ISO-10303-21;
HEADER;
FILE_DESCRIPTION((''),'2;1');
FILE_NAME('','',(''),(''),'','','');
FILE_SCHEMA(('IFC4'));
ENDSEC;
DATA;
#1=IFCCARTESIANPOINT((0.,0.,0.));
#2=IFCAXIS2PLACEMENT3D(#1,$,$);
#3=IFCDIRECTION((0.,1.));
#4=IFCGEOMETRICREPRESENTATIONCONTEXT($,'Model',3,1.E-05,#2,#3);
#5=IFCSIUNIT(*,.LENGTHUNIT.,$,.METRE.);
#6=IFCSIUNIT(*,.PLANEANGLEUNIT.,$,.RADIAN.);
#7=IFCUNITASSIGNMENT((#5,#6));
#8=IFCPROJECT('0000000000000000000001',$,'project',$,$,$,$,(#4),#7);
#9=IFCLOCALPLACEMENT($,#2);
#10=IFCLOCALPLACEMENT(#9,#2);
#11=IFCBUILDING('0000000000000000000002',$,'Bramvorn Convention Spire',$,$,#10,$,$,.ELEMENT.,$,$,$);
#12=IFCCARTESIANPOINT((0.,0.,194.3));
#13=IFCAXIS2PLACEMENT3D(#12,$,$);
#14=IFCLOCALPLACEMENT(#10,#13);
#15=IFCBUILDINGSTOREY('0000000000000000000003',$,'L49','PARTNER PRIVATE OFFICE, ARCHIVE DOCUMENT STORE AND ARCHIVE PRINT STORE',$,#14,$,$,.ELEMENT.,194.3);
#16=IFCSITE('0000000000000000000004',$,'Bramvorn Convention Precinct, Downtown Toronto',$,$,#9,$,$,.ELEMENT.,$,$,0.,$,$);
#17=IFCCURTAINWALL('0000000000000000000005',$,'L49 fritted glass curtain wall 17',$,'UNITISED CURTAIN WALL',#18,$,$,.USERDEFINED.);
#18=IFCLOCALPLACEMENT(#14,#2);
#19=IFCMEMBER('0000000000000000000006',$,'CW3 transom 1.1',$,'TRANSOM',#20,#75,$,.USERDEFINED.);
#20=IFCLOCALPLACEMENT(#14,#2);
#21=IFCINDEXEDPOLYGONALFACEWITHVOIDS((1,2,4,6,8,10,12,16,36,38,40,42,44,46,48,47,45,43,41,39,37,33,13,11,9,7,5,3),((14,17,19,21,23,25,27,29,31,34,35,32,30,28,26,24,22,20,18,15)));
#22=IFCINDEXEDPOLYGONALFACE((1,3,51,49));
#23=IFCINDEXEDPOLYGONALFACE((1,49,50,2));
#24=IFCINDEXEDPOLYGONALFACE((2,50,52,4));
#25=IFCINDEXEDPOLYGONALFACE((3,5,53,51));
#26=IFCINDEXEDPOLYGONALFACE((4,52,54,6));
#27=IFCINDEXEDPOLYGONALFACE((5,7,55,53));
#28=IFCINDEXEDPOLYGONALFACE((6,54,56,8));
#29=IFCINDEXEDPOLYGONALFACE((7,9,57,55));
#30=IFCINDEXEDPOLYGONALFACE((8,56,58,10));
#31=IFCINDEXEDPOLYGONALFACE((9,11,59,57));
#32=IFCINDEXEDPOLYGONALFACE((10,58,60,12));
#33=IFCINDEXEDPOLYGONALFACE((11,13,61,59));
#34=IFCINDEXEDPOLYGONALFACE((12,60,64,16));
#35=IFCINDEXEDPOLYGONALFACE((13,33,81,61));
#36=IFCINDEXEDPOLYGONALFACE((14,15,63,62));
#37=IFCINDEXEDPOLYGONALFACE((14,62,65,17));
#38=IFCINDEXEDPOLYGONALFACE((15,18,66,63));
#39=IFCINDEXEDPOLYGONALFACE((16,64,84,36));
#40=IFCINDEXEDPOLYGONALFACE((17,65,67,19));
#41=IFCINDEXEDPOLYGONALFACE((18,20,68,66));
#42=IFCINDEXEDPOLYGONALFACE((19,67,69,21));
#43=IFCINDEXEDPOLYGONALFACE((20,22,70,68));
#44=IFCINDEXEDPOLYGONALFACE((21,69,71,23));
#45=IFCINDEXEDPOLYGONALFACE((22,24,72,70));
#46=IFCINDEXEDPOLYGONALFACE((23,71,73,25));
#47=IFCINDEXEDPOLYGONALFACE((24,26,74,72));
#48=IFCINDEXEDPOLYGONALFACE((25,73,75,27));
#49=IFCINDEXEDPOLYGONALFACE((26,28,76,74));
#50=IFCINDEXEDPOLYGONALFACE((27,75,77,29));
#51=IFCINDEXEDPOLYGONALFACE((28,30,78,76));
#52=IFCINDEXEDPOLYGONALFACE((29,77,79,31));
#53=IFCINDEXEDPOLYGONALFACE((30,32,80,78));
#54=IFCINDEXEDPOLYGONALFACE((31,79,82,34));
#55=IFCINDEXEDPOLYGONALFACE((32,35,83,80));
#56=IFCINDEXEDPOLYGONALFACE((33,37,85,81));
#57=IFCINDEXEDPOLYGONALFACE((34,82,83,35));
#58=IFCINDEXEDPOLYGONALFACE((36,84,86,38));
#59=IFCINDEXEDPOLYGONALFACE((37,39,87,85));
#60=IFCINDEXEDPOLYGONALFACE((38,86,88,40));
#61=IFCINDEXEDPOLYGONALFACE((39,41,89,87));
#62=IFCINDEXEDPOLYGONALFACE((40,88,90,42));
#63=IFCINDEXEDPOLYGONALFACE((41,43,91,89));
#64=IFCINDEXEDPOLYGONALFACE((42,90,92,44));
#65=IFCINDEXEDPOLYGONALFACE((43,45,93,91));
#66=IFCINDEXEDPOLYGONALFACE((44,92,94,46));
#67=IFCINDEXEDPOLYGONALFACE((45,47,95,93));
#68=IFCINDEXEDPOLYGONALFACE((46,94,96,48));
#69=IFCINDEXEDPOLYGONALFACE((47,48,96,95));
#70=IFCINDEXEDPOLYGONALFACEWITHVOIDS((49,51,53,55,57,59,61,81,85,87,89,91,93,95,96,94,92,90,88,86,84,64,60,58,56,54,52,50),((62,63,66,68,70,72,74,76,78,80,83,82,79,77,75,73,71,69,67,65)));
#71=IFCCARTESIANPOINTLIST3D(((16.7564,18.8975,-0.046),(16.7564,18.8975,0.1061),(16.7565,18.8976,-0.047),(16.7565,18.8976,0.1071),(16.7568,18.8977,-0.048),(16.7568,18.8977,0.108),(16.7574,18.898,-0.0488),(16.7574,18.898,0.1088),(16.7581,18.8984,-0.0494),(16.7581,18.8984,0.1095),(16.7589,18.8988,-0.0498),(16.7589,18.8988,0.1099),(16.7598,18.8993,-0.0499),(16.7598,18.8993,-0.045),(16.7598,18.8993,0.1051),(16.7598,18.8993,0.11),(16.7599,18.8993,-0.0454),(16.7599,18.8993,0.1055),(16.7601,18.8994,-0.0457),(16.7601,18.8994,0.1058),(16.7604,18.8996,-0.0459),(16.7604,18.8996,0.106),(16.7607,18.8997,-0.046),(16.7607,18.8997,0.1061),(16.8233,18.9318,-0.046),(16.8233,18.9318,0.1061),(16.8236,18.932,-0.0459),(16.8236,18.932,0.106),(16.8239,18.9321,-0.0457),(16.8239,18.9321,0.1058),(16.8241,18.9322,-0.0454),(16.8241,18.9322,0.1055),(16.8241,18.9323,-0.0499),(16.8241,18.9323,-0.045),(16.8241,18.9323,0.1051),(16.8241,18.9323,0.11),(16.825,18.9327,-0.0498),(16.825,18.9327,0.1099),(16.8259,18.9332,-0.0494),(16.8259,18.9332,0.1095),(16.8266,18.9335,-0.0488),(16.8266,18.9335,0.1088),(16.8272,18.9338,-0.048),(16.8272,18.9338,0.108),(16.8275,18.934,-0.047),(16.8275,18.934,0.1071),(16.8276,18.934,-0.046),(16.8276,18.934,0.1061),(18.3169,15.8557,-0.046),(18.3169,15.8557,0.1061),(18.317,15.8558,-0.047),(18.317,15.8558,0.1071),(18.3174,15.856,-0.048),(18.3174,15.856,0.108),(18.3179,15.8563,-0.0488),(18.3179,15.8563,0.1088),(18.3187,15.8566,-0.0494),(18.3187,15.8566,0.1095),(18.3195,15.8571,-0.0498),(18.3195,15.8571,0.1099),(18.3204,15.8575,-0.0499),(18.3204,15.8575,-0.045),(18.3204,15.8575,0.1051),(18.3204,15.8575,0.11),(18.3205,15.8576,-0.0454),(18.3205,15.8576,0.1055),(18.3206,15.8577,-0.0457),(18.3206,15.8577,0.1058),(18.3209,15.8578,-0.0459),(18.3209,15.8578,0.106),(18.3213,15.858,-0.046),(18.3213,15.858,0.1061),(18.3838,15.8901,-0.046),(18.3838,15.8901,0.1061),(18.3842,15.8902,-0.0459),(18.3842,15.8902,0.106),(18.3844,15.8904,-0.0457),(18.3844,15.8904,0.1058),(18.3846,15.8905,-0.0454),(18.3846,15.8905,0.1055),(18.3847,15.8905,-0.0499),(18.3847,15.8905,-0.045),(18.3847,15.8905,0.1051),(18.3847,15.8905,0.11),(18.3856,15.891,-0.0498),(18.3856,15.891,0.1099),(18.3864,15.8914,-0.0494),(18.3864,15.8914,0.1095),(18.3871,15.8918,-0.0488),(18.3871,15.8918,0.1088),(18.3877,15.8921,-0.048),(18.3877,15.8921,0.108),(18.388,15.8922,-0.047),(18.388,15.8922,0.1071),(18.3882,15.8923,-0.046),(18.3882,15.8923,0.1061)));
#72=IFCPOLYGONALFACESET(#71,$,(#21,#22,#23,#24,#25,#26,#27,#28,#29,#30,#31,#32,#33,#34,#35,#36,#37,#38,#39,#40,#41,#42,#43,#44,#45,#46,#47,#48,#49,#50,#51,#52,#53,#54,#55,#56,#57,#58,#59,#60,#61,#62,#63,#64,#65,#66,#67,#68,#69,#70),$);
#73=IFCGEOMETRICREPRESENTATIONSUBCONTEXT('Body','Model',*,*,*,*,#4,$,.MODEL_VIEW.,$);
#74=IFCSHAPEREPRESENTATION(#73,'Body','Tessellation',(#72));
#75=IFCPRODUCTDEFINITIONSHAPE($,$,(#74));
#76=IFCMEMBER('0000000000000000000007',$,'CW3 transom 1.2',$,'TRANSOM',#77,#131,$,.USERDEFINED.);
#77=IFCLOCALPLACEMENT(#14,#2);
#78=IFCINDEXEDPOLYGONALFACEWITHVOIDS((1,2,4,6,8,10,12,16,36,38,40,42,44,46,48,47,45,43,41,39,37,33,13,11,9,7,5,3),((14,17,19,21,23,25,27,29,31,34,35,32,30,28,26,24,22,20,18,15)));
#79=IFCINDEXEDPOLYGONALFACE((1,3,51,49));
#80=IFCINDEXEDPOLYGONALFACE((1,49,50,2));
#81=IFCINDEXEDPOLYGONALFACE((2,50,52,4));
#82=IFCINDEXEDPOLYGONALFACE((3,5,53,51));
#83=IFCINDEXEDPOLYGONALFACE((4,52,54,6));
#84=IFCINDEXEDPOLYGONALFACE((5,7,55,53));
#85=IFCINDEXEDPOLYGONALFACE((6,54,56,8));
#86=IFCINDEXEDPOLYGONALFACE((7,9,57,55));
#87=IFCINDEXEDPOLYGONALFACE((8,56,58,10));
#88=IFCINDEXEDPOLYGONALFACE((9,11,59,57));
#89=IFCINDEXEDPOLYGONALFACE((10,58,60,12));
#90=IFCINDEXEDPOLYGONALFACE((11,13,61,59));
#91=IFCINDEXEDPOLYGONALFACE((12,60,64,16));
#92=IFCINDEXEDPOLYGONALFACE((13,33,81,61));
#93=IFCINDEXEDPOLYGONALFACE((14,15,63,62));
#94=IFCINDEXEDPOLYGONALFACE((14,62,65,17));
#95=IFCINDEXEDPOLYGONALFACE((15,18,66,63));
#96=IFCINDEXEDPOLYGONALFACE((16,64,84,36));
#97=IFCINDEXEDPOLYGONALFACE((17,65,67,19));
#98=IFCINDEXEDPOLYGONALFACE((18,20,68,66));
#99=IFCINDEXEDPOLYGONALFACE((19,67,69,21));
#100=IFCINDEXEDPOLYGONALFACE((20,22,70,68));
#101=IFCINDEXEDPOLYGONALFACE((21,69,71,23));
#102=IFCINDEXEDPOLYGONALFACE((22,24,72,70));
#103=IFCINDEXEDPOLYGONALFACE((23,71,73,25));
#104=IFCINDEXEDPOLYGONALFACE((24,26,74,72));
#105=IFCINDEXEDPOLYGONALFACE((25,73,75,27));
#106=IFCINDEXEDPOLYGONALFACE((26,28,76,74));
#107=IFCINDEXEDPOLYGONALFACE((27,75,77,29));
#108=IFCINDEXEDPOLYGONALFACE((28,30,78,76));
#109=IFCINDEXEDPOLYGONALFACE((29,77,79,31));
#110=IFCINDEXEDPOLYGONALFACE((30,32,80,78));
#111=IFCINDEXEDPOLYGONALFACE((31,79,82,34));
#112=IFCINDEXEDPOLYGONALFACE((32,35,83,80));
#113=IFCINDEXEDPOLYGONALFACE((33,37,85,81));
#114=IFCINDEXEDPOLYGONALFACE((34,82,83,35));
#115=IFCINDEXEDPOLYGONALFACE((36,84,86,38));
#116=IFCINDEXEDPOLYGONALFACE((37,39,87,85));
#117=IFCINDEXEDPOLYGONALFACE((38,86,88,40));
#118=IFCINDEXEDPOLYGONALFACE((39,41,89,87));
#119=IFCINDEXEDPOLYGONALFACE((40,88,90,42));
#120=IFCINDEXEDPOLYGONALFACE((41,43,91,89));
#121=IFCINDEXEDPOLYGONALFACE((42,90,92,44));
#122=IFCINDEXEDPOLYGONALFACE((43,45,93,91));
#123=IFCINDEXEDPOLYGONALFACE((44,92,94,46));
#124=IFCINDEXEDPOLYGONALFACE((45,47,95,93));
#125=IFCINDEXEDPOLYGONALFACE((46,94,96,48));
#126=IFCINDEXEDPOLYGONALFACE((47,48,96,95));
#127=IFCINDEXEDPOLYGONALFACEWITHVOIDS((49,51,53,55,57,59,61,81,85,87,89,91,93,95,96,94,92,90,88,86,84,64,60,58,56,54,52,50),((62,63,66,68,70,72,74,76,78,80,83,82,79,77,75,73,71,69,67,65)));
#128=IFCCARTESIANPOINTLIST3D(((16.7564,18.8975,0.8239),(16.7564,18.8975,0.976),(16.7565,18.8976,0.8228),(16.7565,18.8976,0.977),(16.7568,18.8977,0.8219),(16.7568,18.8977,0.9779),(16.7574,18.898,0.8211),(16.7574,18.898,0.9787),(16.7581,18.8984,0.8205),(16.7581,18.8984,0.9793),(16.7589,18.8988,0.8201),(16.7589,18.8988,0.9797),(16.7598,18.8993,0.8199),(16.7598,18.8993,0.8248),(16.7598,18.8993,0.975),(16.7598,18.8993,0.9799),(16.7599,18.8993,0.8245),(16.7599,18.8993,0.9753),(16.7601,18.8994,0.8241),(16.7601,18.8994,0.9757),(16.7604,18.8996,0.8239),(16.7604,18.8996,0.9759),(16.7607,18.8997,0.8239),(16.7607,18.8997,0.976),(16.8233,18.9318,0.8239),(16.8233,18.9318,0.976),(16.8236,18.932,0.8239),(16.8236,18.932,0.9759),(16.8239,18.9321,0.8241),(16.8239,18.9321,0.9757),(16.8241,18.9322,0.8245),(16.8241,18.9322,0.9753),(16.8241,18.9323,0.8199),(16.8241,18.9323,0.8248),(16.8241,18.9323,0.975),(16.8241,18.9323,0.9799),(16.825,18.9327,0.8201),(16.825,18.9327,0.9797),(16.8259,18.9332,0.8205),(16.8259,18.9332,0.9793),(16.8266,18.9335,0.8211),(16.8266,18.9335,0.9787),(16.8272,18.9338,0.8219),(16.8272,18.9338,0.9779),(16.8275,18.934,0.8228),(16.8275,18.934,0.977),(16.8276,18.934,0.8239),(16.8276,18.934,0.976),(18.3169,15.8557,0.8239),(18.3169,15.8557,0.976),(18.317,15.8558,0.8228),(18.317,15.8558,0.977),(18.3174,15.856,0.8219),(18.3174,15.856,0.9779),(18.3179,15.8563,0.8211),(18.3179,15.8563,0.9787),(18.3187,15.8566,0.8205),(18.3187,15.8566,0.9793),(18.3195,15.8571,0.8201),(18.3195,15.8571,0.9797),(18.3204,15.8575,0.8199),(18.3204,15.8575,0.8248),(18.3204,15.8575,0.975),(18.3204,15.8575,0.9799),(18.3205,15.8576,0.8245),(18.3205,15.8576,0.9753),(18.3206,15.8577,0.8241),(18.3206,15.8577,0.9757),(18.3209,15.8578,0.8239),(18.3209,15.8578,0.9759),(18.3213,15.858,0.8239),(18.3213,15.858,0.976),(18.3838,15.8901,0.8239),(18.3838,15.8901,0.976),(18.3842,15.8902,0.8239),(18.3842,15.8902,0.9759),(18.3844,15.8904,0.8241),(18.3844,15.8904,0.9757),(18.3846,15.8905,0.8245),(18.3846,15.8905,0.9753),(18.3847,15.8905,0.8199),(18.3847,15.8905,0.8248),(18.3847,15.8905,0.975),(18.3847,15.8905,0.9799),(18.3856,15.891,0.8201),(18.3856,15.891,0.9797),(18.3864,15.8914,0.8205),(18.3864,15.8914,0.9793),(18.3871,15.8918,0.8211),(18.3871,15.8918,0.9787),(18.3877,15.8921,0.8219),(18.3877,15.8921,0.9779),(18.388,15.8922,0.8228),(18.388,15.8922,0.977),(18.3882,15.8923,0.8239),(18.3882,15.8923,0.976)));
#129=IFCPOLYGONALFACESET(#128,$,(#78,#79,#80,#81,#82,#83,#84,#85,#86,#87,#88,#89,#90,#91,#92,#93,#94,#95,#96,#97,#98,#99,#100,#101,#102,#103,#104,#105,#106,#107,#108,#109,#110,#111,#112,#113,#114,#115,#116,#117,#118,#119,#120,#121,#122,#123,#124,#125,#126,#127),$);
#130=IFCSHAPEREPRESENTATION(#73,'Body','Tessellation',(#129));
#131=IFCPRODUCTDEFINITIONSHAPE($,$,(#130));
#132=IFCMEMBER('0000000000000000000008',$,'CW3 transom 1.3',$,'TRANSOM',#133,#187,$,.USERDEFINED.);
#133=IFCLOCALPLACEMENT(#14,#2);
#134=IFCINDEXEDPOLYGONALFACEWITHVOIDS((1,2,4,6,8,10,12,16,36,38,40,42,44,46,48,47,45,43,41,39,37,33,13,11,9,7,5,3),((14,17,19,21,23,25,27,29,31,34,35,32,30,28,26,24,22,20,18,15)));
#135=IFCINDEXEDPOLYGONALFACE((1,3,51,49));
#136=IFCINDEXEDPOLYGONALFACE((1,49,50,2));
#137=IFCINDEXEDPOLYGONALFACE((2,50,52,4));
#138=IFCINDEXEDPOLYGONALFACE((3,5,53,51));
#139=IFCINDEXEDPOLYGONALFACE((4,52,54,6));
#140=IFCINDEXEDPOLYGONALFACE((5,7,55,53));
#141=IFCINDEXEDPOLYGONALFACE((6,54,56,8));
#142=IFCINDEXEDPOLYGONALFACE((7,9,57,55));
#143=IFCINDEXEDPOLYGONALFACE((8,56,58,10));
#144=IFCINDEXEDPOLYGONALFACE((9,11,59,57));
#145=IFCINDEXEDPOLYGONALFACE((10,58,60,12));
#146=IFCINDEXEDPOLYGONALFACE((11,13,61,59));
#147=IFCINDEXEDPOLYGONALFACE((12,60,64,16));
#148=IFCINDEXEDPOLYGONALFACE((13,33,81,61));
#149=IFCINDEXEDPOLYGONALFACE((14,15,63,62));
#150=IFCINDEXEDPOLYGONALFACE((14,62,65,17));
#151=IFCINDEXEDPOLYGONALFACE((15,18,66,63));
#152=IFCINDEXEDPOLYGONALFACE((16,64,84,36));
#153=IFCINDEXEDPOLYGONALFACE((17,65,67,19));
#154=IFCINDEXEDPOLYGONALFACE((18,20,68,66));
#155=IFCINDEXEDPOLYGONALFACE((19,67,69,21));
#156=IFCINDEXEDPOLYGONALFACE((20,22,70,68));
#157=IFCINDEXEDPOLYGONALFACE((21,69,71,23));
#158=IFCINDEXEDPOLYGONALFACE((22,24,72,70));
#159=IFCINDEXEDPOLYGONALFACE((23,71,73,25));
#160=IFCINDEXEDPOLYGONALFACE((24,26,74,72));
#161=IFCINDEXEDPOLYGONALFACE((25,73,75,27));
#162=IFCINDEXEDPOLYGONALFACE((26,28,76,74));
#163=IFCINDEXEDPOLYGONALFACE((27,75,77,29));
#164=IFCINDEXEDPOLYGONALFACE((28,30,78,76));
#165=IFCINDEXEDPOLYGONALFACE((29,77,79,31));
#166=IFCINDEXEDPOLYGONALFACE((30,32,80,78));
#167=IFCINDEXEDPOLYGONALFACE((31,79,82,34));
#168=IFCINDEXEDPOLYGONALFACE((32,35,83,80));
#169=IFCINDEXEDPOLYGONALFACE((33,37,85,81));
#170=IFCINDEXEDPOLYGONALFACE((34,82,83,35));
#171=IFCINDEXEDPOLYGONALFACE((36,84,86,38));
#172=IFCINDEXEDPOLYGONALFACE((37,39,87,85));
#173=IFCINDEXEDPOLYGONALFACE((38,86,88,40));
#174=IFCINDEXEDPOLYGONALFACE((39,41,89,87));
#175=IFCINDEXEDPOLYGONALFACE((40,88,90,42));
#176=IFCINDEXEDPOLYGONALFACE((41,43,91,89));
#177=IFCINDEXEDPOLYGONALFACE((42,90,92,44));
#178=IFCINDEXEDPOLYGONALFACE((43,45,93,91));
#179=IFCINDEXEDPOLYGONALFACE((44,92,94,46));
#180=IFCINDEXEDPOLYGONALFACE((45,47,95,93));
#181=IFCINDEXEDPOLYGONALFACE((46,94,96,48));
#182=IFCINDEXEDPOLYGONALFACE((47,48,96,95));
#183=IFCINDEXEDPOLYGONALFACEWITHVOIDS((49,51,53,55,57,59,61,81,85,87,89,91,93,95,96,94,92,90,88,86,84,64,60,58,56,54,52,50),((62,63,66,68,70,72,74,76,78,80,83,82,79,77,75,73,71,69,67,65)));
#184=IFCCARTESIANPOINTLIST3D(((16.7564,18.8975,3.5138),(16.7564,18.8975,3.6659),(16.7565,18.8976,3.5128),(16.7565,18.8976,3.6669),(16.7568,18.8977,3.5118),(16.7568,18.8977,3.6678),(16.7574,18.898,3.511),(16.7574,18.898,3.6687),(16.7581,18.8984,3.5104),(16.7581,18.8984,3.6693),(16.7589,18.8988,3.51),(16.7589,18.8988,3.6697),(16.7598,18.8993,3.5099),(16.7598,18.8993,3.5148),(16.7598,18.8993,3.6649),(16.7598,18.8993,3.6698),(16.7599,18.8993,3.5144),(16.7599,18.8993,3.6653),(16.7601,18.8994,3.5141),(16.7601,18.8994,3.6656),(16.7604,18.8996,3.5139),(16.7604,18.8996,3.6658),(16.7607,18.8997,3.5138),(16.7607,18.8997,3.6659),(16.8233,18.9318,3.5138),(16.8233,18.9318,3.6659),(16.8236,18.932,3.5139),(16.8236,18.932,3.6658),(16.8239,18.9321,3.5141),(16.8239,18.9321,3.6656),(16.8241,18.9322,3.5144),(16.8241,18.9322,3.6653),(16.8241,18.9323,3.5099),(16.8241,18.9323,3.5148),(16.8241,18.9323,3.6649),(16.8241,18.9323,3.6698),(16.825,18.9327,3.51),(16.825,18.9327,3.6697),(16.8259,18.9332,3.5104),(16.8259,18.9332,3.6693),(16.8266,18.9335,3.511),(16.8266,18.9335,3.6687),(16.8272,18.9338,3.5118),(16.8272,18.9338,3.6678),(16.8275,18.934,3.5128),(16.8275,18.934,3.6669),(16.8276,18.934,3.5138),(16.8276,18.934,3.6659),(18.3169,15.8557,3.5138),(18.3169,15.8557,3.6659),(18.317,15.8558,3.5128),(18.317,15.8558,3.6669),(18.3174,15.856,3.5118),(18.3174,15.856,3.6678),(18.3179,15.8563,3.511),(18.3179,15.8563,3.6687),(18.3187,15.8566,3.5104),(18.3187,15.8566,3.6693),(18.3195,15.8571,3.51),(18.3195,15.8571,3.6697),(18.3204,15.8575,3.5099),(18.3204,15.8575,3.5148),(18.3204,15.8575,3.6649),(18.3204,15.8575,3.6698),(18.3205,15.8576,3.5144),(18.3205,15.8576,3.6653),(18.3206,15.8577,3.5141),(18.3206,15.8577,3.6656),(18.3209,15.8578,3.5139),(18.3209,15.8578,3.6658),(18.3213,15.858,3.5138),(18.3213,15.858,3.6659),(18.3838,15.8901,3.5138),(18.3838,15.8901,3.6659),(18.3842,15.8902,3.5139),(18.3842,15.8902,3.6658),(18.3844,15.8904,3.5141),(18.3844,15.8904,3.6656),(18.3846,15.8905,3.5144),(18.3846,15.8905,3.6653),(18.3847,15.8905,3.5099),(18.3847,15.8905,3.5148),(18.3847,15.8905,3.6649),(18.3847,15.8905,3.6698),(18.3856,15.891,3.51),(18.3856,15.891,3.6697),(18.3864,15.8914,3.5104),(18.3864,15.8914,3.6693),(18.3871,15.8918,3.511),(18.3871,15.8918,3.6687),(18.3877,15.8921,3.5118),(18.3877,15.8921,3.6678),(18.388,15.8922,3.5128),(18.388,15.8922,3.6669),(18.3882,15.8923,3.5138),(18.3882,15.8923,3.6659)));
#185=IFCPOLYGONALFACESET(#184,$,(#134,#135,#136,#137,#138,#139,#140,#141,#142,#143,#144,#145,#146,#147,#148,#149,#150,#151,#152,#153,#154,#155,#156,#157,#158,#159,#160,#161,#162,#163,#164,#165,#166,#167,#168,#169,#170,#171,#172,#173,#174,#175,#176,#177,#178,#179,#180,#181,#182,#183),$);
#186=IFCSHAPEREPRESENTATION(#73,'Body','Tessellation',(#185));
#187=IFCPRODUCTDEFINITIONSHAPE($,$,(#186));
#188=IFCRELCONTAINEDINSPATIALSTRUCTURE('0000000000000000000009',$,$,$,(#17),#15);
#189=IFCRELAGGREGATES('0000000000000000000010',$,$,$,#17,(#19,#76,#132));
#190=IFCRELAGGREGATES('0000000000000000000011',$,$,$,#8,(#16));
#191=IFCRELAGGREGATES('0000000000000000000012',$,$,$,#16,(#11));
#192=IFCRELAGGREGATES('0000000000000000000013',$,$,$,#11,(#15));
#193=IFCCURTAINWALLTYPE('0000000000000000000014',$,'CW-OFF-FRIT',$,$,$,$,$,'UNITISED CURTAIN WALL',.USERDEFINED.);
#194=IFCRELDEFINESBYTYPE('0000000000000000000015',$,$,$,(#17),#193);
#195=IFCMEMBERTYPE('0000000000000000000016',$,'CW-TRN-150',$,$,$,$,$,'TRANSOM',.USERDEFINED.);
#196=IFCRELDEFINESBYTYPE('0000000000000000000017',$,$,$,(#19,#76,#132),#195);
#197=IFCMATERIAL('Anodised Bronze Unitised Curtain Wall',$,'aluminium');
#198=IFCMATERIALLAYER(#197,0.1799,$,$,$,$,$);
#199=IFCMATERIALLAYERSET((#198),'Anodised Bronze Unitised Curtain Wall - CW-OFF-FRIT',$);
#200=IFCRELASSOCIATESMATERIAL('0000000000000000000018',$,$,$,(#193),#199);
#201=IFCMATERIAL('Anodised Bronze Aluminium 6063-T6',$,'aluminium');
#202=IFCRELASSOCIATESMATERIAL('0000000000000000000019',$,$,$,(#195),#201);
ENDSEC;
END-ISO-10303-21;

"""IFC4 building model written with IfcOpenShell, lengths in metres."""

from ifc_helpers import new_model, si_unit, direction, frame, origin, origin_2d, place, context, subcontext, project, spatial, hollow_rectangle, extrude, material, layer, layer_set, material_profile, profile_set, type_object, element, aggregate, save


model = new_model("IFC4")

# Units and contexts
model_context = context("Model", 3, precision=1e-05, world=origin(), true_north=direction((0.0, 1.0)))
body_context = subcontext(model_context, "Body", "Model", "MODEL_VIEW")
ifc_project = project(units=[si_unit("LENGTHUNIT", "METRE"), si_unit("PLANEANGLEUNIT", "RADIAN")], contexts=[model_context])

# Site, building, storey
site_placement = place(None, origin())
site = spatial("IfcSite", under=ifc_project, at=site_placement, Name="Bramvorn Convention Precinct, Downtown Toronto", CompositionType="ELEMENT", RefElevation=0.0)
building_placement = place(site_placement, origin())
building = spatial("IfcBuilding", under=site, at=building_placement, Name="Bramvorn Convention Spire", CompositionType="ELEMENT")
storey_placement = place(building_placement, frame((0.0, 0.0, 194.3)))
storey = spatial("IfcBuildingStorey", under=building, at=storey_placement, Name="L49", Description="PARTNER PRIVATE OFFICE, ARCHIVE DOCUMENT STORE AND ARCHIVE PRINT STORE", CompositionType="ELEMENT", Elevation=194.3)

# Curtain wall, members
ifc_material_1 = material(Name="Anodised Bronze Unitised Curtain Wall", Category="aluminium")
ifc_layer_1 = layer(ifc_material_1, 0.1799)
ifc_layer_set_1 = layer_set([ifc_layer_1], Name="Anodised Bronze Unitised Curtain Wall - CW-OFF-FRIT")
curtain_wall_type = type_object("IfcCurtainWallType", Name="CW-OFF-FRIT", ElementType="UNITISED CURTAIN WALL", PredefinedType="USERDEFINED", material=ifc_layer_set_1)
curtain_wall_placement = place(storey_placement, origin())
curtain_wall = element("IfcCurtainWall", 1, at=curtain_wall_placement, inside=storey, type_object=curtain_wall_type, Name="L49 fritted glass curtain wall 17", ObjectType="UNITISED CURTAIN WALL", PredefinedType="USERDEFINED")
ifc_material_2 = material(Name="Anodised Bronze Aluminium 6063-T6", Category="aluminium")
ifc_material_profile_1 = material_profile(ifc_material_2, hollow_rectangle(XDim=0.0801, YDim=0.1599, WallThickness=0.0039, InnerFilletRadius=0.001, OuterFilletRadius=0.0039, at=origin_2d()))
ifc_profile_set_1 = profile_set([ifc_material_profile_1], Name="Anodised Bronze Aluminium 6063-T6 - CWT80X160")
member_type_1 = type_object("IfcMemberType", Name="CW-TRN-150", ElementType="TRANSOM", PredefinedType="USERDEFINED", material=ifc_profile_set_1)
member_1_placement = place(storey_placement, frame((18.3525, 15.874, 0.03), z_axis=(-0.456473, 0.889737, 0.0), x_axis=(-0.889737, -0.456473, 0.0)))
member_1 = element("IfcMember", 2, at=member_1_placement, type_object=member_type_1, Name="CW3 transom 1.1", ObjectType="TRANSOM", PredefinedType="USERDEFINED", context=body_context, shape_type="SweptSolid", body=[
    extrude(hollow_rectangle(XDim=0.0801, YDim=0.1599, WallThickness=0.0039, InnerFilletRadius=0.001, OuterFilletRadius=0.0039, at=origin_2d()), origin(), (0.0, 0.0, 1.0), 3.4187),
])
member_2_placement = place(storey_placement, frame((18.3525, 15.874, 0.8999), z_axis=(-0.456473, 0.889737, 0.0), x_axis=(-0.889737, -0.456473, 0.0)))
member_2 = element("IfcMember", 3, at=member_2_placement, type_object=member_type_1, Name="CW3 transom 1.2", ObjectType="TRANSOM", PredefinedType="USERDEFINED", context=body_context, shape_type="SweptSolid", body=[
    extrude(hollow_rectangle(XDim=0.0801, YDim=0.1599, WallThickness=0.0039, InnerFilletRadius=0.001, OuterFilletRadius=0.0039, at=origin_2d()), origin(), (0.0, 0.0, 1.0), 3.4187),
])
member_3_placement = place(storey_placement, frame((18.3525, 15.874, 3.5898), z_axis=(-0.456473, 0.889737, 0.0), x_axis=(-0.889737, -0.456473, 0.0)))
member_3 = element("IfcMember", 4, at=member_3_placement, type_object=member_type_1, Name="CW3 transom 1.3", ObjectType="TRANSOM", PredefinedType="USERDEFINED", context=body_context, shape_type="SweptSolid", body=[
    extrude(hollow_rectangle(XDim=0.0801, YDim=0.1599, WallThickness=0.0039, InnerFilletRadius=0.001, OuterFilletRadius=0.0039, at=origin_2d()), origin(), (0.0, 0.0, 1.0), 3.4187),
])

aggregate(curtain_wall, [member_1, member_2, member_3])

save(model, "model.ifc")
